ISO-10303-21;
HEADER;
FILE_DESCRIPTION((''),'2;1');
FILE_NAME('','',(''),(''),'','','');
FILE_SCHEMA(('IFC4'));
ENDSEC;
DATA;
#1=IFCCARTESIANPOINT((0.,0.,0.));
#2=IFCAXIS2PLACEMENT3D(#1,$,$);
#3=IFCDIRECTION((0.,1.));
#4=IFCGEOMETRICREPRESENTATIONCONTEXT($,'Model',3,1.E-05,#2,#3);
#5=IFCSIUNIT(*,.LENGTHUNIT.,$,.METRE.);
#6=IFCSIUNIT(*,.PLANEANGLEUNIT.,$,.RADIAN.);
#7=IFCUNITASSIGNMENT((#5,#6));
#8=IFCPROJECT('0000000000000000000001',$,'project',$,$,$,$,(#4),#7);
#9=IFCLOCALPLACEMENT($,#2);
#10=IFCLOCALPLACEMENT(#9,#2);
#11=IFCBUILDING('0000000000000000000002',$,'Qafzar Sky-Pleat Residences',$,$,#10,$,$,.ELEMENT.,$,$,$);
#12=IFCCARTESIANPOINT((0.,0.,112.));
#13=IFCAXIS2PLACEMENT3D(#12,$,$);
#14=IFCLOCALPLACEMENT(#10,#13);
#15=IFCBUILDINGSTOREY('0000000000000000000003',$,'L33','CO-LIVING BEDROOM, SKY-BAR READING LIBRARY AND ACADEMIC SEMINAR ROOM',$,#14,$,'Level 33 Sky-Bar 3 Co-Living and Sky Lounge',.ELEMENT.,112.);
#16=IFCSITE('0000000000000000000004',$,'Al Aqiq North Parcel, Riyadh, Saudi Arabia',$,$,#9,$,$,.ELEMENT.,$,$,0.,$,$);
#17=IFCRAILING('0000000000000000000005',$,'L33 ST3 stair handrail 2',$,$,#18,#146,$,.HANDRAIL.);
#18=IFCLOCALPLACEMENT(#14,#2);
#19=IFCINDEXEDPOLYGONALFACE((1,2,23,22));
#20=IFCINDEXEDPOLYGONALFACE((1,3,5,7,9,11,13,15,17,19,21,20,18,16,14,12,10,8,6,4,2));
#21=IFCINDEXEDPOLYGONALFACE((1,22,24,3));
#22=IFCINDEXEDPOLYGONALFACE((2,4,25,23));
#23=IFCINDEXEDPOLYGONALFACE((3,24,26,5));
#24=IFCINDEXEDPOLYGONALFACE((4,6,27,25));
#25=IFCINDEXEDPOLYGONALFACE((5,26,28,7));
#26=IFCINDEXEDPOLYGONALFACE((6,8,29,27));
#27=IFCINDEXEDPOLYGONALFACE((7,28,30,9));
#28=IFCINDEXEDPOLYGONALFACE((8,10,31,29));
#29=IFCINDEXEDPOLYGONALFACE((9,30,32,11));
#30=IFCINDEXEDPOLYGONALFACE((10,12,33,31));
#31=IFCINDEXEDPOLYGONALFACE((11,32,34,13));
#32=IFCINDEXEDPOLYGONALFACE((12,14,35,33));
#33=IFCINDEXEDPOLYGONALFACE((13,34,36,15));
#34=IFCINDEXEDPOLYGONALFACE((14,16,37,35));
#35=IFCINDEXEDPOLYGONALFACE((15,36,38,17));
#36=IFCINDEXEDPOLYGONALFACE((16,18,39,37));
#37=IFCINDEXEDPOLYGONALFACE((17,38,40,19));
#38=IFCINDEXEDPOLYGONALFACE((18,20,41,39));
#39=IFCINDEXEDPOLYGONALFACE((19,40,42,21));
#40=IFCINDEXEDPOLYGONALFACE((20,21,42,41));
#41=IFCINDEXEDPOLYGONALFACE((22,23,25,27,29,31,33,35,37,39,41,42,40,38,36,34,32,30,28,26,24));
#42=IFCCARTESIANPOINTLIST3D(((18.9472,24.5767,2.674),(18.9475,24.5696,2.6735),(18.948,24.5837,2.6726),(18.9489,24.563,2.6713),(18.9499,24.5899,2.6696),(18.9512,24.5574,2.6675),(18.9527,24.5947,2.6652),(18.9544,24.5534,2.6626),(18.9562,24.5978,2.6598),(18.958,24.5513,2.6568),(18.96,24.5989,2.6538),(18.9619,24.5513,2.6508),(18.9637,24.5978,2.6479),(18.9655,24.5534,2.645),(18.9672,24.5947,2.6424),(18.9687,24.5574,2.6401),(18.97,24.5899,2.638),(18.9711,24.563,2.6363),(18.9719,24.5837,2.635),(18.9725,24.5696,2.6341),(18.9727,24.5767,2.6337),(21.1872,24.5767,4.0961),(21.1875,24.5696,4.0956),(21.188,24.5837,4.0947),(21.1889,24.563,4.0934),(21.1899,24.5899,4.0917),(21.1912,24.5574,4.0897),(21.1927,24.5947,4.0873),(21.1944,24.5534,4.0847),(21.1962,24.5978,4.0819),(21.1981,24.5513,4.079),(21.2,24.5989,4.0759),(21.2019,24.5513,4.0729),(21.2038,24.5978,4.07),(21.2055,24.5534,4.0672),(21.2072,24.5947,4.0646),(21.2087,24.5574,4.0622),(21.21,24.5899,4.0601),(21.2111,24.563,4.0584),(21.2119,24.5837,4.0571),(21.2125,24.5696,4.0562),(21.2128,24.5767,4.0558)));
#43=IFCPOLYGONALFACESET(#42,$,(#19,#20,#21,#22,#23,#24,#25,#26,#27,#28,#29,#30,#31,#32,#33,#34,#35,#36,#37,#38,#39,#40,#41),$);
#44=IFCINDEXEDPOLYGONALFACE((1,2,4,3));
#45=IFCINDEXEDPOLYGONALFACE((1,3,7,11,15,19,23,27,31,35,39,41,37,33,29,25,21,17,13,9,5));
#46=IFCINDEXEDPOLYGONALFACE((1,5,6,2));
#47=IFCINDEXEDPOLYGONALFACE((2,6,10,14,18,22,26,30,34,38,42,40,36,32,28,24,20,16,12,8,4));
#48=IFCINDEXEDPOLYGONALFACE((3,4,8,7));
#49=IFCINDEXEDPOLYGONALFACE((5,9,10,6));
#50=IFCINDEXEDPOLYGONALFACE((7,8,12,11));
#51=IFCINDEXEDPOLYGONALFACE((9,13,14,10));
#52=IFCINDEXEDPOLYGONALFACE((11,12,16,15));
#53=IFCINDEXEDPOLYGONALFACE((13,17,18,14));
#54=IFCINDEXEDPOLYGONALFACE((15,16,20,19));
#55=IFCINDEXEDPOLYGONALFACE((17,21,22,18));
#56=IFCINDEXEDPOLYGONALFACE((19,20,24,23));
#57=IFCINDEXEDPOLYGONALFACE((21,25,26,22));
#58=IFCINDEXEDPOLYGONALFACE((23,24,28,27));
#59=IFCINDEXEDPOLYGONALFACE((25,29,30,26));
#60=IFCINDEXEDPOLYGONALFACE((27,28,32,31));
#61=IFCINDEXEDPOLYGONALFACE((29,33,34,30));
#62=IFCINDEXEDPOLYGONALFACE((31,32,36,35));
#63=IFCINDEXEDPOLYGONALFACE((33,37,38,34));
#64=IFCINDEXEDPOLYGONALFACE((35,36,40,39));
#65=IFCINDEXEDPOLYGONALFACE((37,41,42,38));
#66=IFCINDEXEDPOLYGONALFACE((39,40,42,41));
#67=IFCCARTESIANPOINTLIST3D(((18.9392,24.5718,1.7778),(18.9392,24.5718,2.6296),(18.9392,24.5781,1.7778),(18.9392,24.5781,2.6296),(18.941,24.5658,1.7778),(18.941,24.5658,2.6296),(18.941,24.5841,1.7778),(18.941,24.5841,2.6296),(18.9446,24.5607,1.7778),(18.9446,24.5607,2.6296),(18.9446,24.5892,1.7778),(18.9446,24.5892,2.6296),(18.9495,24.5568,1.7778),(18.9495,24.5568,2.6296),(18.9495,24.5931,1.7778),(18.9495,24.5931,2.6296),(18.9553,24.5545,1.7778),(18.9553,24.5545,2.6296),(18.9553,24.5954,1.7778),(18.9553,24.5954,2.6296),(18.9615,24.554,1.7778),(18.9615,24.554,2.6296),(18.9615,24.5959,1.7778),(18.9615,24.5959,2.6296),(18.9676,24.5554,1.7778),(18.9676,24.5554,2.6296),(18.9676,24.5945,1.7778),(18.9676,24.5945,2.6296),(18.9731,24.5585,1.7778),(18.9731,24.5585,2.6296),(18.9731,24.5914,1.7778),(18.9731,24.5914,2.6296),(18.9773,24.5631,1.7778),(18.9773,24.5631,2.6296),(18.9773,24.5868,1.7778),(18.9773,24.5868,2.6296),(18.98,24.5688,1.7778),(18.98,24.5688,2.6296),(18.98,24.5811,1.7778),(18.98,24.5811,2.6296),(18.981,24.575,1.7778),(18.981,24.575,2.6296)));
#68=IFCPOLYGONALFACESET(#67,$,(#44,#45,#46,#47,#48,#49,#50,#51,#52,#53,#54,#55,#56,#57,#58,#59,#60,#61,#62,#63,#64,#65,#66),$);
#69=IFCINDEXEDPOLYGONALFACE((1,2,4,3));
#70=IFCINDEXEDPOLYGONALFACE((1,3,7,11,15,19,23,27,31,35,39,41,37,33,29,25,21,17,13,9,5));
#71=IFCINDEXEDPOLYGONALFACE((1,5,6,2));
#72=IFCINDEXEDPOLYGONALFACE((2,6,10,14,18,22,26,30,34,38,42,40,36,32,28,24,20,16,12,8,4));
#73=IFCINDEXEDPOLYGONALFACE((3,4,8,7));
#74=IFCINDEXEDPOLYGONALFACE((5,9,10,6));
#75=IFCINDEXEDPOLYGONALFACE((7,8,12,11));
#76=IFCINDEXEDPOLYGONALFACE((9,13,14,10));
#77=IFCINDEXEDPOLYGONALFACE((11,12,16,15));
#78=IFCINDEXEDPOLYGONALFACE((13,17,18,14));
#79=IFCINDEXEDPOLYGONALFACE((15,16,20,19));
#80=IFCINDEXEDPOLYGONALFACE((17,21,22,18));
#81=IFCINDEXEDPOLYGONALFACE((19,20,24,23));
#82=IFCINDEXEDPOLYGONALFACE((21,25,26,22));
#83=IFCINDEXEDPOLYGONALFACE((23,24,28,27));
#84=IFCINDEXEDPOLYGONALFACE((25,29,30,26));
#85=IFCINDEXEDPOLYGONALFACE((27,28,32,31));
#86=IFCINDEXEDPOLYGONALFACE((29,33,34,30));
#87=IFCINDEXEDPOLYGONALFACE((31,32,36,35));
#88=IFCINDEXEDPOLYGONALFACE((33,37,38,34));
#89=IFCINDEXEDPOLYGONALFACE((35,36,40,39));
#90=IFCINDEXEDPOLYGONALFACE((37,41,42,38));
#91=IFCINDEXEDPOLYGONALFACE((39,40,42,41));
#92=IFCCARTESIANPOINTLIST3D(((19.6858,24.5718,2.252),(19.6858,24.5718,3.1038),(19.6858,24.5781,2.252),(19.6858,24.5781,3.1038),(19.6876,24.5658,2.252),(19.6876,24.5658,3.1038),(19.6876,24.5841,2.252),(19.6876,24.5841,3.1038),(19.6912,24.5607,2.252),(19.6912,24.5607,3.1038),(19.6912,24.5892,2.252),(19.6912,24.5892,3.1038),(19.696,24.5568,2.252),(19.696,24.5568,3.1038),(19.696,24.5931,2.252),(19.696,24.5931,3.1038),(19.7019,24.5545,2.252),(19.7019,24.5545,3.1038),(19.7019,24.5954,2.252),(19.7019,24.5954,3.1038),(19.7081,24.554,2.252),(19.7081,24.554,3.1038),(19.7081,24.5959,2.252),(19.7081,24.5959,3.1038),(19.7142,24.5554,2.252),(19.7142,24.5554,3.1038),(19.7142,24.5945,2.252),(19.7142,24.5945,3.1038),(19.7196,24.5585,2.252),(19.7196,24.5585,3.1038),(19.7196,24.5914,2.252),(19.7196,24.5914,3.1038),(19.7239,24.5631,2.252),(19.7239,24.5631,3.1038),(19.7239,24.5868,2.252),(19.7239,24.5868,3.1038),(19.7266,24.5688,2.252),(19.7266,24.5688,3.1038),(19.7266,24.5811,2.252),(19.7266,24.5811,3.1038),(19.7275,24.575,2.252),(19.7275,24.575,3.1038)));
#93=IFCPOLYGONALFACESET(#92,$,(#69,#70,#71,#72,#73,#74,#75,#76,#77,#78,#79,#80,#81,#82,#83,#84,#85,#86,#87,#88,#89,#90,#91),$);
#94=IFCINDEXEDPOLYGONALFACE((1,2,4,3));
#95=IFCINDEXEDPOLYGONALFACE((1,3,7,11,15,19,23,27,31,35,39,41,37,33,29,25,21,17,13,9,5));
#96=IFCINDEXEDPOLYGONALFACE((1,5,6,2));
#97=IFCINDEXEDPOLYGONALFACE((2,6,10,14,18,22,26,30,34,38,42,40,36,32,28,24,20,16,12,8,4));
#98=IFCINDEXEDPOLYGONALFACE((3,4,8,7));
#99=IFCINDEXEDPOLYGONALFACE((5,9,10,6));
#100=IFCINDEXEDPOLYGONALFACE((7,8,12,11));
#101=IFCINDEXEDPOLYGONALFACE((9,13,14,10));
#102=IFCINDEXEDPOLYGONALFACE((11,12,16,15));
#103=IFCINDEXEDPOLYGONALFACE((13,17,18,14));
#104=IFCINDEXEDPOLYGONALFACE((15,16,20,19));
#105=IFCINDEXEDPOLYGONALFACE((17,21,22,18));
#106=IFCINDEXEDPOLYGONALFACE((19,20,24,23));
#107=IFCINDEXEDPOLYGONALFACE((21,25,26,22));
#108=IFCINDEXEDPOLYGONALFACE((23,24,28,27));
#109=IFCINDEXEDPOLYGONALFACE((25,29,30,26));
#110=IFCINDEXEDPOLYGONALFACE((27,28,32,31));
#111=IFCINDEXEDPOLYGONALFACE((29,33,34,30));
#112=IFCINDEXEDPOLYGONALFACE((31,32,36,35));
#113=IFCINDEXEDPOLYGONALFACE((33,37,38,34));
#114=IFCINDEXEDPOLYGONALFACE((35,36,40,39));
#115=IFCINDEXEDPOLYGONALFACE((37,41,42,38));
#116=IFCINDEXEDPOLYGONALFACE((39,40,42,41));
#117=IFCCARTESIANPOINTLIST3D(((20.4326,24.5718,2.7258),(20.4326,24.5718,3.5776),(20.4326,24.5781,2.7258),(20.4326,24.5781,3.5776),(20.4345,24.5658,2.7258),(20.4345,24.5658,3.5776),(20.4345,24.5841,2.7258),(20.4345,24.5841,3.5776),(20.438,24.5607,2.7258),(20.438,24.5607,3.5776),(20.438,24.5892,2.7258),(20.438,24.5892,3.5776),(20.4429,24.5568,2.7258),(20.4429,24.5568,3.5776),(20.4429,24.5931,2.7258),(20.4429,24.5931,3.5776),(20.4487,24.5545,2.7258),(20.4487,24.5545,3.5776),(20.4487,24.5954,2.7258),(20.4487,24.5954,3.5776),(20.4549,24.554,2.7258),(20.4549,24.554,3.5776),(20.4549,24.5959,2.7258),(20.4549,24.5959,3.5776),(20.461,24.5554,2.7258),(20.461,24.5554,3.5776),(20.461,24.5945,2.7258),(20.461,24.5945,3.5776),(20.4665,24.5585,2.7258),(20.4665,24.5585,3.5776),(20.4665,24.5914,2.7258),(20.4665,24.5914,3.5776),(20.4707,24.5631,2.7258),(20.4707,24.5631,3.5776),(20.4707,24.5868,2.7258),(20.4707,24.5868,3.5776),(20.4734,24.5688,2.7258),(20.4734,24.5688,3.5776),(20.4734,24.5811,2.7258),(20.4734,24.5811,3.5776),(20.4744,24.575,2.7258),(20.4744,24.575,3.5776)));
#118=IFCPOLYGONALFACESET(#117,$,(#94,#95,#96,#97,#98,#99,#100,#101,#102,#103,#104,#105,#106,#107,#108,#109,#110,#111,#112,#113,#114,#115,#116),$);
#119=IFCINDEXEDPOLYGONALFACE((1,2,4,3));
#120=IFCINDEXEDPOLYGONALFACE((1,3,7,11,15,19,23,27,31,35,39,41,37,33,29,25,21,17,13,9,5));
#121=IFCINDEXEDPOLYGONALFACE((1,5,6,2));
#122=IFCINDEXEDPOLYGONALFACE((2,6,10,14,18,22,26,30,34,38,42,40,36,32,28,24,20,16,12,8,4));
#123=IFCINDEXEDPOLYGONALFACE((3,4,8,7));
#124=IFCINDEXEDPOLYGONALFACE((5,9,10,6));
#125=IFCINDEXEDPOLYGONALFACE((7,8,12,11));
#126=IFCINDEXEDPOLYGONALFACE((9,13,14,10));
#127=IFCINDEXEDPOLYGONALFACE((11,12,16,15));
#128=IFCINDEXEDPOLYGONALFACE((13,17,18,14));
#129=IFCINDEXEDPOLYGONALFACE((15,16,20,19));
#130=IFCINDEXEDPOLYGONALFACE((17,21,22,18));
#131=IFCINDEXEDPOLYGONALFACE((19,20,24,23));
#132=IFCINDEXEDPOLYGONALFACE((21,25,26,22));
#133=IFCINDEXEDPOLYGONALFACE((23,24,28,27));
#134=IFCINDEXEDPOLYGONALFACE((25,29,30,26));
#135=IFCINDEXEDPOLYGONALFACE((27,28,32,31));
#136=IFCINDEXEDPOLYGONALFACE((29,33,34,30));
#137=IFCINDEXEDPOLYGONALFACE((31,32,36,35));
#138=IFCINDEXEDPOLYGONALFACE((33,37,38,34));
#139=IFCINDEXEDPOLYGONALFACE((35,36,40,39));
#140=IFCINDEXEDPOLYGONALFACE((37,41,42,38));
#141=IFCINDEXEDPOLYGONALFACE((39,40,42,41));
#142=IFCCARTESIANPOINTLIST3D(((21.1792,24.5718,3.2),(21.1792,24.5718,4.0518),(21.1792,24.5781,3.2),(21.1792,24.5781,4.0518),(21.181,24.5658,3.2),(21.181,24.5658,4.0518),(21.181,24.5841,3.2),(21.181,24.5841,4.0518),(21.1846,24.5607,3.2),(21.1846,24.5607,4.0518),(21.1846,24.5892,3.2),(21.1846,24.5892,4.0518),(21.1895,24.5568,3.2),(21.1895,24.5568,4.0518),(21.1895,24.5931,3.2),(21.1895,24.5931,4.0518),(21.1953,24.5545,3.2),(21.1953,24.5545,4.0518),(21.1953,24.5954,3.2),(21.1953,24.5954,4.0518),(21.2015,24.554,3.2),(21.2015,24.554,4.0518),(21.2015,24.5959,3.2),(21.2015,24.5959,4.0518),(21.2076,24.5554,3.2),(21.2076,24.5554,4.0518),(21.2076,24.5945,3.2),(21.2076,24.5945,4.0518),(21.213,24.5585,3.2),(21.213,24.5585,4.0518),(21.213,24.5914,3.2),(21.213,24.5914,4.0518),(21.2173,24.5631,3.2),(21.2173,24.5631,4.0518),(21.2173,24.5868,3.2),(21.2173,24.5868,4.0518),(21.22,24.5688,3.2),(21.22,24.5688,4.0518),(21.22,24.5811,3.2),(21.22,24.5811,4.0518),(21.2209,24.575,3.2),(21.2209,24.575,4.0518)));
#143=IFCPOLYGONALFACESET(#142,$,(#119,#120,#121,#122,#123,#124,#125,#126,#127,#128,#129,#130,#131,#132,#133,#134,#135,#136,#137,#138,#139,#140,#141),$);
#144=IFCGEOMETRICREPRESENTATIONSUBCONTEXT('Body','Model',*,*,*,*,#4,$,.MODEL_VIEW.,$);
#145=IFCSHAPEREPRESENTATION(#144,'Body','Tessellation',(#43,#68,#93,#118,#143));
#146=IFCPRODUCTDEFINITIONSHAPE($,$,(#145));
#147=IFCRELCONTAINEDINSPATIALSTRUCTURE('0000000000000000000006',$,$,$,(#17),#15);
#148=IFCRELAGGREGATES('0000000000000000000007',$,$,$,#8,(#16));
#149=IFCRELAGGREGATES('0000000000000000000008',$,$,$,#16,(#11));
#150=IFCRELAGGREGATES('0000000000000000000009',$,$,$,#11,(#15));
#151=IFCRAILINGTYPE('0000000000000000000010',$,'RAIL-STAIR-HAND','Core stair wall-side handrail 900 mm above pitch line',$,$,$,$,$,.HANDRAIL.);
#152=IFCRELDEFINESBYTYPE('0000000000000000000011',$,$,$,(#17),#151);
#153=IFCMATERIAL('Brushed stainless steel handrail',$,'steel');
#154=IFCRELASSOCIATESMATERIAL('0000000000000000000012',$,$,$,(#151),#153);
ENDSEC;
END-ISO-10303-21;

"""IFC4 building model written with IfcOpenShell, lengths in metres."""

from ifc_helpers import new_model, si_unit, direction, frame, origin, origin_2d, place, context, subcontext, project, spatial, circle, extrude, source, transform, mapped, material, type_object, element, save


model = new_model("IFC4")

# Units and contexts
model_context = context("Model", 3, precision=1e-05, world=origin(), true_north=direction((0.0, 1.0)))
body_context = subcontext(model_context, "Body", "Model", "MODEL_VIEW")
ifc_project = project(units=[si_unit("LENGTHUNIT", "METRE"), si_unit("PLANEANGLEUNIT", "RADIAN")], contexts=[model_context])

# Site, building, storey
site_placement = place(None, origin())
site = spatial("IfcSite", under=ifc_project, at=site_placement, Name="Al Aqiq North Parcel, Riyadh, Saudi Arabia", CompositionType="ELEMENT", RefElevation=0.0)
building_placement = place(site_placement, origin())
building = spatial("IfcBuilding", under=site, at=building_placement, Name="Qafzar Sky-Pleat Residences", CompositionType="ELEMENT")
storey_placement = place(building_placement, frame((0.0, 0.0, 112.0)))
storey = spatial("IfcBuildingStorey", under=building, at=storey_placement, Name="L33", Description="CO-LIVING BEDROOM, SKY-BAR READING LIBRARY AND ACADEMIC SEMINAR ROOM", LongName="Level 33 Sky-Bar 3 Co-Living and Sky Lounge", CompositionType="ELEMENT", Elevation=112.0)

# Railing
ifc_material_1 = material(Name="Brushed stainless steel handrail", Category="steel")
railing_type_1 = type_object("IfcRailingType", Name="RAIL-STAIR-HAND", Description="Core stair wall-side handrail 900 mm above pitch line", PredefinedType="HANDRAIL", material=ifc_material_1)
shared_shape_1 = source(origin(), body_context, "Body", "SweptSolid", [
    extrude(circle(Radius=0.0239, at=origin_2d()), frame((0.0, 0.0, 0.876), z_axis=(0.844229, 0.0, 0.535982), x_axis=(0.0, 1.0, 0.0)), (0.0, 0.0, 1.0), 2.6533),
    extrude(circle(Radius=0.021, at=origin_2d()), origin(), (0.0, 0.0, 1.0), 0.8518),
    extrude(circle(Radius=0.021, at=origin_2d()), frame((0.7466, 0.0, 0.4741)), (0.0, 0.0, 1.0), 0.8518),
    extrude(circle(Radius=0.021, at=origin_2d()), frame((1.4934, 0.0, 0.948)), (0.0, 0.0, 1.0), 0.8518),
    extrude(circle(Radius=0.021, at=origin_2d()), frame((2.24, 0.0, 1.4221)), (0.0, 0.0, 1.0), 0.8518),
])
railing_1_placement = place(storey_placement, frame((18.96, 24.575, 1.7778)))
element("IfcRailing", 1, at=railing_1_placement, inside=storey, type_object=railing_type_1, Name="L33 ST3 stair handrail 2", PredefinedType="HANDRAIL", context=body_context, shape_type="MappedRepresentation", body=[
    mapped(shared_shape_1, transform((0.0, 0.0, 0.0), x_axis=(1.0, 0.0, 0.0), y_axis=(0.0, 1.0, 0.0), z_axis=(0.0, 0.0, 1.0), scale=1.0)),
])

save(model, "model.ifc")
